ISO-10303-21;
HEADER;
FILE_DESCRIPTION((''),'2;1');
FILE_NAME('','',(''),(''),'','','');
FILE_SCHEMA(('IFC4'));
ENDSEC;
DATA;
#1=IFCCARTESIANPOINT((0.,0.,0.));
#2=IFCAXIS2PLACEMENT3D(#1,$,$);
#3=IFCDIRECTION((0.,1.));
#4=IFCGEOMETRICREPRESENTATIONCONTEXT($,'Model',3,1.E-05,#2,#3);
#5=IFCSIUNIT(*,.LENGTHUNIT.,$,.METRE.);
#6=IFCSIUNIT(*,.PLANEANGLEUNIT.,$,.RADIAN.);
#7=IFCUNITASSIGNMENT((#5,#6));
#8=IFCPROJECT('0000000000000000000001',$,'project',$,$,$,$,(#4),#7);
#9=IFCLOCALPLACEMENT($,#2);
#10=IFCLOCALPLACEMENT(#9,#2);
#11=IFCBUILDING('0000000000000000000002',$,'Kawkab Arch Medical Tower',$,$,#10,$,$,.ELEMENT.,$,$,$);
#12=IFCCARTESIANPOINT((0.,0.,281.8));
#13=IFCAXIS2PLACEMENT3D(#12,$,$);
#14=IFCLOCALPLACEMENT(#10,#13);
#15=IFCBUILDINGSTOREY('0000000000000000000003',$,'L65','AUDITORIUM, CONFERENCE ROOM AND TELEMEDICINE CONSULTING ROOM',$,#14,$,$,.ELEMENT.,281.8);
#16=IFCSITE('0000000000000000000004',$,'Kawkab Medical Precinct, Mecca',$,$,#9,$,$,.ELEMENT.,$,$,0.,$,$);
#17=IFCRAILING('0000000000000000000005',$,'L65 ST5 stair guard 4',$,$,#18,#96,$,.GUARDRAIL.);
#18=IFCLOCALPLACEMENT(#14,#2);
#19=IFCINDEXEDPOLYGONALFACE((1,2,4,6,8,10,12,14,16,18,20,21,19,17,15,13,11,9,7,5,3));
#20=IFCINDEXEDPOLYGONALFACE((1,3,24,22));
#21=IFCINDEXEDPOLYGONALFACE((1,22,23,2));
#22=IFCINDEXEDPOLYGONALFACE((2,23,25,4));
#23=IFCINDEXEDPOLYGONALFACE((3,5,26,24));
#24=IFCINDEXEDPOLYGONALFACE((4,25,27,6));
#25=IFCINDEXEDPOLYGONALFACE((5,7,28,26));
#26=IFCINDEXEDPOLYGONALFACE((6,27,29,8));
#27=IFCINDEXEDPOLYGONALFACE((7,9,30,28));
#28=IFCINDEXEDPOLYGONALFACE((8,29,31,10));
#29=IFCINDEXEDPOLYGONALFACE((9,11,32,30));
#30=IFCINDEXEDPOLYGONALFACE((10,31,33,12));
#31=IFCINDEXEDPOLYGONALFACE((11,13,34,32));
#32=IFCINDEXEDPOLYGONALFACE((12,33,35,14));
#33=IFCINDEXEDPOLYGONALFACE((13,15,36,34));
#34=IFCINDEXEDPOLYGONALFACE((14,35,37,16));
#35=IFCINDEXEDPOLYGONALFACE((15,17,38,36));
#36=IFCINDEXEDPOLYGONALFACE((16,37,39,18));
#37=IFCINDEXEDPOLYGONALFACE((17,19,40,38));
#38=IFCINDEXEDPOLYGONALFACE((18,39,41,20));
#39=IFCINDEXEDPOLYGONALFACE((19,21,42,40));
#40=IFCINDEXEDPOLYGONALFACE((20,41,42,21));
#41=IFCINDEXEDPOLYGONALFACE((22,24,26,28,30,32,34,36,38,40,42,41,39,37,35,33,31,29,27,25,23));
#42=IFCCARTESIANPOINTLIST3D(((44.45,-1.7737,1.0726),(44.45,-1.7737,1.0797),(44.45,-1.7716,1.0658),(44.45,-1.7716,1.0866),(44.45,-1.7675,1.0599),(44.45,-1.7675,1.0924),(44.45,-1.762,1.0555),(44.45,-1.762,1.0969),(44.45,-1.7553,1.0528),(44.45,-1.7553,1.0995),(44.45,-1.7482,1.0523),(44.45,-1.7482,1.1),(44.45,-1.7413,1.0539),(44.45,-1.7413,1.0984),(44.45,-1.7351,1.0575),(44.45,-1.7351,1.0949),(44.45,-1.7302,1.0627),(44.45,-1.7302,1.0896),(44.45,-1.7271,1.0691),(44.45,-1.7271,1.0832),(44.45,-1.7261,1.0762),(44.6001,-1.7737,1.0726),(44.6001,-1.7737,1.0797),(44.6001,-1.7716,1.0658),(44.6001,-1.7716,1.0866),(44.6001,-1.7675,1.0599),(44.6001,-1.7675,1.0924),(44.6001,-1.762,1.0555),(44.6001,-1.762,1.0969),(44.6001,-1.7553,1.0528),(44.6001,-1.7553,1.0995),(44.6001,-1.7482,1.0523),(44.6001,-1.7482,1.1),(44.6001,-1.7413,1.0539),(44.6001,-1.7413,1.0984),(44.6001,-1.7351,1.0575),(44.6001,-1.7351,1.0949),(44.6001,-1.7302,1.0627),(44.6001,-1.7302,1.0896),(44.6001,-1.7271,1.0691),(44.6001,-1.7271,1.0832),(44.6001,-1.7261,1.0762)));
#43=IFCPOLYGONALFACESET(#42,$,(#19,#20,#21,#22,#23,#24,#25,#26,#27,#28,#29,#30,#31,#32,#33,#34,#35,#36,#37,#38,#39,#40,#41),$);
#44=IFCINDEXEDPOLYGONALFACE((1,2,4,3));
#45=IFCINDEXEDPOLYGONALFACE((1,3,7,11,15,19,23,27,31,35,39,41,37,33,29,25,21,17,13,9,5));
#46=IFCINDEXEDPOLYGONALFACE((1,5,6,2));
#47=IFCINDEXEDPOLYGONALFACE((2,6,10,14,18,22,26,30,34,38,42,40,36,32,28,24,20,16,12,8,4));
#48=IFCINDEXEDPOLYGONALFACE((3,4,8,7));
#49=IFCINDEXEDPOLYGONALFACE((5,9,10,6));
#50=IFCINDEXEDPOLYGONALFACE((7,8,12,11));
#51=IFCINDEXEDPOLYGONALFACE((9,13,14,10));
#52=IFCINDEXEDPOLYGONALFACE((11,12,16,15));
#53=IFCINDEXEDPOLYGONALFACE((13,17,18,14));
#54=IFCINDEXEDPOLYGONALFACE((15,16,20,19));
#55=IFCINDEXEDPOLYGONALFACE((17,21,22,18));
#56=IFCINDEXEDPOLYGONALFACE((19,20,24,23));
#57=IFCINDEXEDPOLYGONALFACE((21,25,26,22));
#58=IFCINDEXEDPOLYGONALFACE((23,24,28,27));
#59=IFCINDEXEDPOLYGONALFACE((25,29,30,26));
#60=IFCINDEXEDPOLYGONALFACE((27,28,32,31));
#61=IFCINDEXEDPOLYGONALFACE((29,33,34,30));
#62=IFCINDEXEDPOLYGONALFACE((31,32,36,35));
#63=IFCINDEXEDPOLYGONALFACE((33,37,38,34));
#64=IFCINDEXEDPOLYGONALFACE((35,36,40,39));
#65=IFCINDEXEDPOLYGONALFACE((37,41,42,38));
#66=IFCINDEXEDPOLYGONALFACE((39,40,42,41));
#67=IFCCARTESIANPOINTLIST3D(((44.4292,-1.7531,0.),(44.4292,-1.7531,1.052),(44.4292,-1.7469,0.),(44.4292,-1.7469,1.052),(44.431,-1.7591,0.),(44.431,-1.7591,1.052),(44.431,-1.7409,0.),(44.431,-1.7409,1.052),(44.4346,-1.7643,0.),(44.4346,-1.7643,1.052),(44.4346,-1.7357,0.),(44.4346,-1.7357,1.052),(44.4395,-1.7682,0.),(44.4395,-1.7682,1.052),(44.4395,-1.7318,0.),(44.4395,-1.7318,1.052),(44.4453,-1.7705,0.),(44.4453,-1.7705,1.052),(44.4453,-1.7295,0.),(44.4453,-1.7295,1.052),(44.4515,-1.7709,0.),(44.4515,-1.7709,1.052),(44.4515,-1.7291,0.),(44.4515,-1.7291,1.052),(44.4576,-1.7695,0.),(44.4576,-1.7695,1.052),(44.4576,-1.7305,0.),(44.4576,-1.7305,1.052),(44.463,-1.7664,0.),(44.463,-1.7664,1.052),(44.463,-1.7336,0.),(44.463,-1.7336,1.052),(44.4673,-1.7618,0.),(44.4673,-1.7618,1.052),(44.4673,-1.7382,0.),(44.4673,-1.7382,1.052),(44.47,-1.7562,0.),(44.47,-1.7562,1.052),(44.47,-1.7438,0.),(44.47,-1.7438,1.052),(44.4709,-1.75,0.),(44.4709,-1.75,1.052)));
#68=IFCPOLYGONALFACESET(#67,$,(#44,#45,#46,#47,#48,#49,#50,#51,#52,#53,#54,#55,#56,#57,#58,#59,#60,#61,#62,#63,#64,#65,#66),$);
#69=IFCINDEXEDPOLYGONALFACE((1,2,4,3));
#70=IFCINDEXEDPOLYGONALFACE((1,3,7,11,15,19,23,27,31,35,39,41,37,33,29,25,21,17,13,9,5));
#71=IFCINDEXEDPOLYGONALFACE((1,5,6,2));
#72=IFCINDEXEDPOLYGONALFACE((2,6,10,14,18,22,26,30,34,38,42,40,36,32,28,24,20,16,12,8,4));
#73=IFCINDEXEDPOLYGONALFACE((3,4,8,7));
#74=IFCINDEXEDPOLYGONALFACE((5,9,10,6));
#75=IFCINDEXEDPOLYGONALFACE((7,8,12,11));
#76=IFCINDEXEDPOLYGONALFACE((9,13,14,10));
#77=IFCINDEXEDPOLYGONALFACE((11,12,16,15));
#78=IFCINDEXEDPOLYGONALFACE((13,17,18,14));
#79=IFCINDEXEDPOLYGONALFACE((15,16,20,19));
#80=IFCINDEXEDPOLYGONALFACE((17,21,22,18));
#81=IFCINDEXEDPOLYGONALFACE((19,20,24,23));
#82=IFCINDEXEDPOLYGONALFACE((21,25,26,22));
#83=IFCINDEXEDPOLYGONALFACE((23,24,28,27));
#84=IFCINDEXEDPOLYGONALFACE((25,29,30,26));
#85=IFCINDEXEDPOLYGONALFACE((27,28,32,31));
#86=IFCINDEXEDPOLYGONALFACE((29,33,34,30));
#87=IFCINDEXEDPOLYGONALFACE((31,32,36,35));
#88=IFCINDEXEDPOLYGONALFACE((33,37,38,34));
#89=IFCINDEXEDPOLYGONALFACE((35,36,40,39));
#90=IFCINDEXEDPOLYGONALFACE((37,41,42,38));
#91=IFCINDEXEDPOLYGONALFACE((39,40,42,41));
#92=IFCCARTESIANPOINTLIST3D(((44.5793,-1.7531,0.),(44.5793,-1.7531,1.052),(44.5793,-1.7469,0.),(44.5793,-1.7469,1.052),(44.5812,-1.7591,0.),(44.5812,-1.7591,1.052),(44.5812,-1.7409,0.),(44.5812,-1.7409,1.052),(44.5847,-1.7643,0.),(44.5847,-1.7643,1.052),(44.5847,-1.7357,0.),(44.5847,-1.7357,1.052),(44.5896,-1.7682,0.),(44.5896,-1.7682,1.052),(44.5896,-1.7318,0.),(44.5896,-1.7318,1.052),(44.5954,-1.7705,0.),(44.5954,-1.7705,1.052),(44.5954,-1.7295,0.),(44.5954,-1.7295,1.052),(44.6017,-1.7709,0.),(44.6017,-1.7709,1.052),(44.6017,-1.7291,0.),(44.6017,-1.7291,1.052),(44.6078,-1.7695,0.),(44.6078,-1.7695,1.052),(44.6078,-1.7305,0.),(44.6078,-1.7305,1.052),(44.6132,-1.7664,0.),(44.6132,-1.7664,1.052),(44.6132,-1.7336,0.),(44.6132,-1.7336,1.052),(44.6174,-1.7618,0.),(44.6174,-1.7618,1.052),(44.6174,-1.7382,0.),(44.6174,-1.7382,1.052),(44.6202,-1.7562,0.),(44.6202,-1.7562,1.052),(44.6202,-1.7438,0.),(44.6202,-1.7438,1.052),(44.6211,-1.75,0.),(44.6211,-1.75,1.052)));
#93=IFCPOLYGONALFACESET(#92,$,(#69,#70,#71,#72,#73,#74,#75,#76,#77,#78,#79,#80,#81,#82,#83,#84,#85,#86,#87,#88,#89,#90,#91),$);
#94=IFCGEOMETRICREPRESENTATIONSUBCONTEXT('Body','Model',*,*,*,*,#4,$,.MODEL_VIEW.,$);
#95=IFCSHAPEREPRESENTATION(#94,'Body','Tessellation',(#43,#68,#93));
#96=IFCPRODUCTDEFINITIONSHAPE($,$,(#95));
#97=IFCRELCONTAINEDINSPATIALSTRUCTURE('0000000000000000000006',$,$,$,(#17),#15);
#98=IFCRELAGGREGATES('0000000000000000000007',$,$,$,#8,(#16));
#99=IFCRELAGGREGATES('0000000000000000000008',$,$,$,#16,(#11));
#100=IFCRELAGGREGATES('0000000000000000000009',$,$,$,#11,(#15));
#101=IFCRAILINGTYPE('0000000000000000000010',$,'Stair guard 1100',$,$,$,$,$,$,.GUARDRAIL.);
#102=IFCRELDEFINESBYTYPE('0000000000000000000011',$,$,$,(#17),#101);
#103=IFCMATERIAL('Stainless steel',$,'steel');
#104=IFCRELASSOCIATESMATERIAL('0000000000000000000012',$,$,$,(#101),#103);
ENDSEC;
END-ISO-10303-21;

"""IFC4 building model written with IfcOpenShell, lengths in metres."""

from ifc_helpers import new_model, si_unit, direction, frame, origin, origin_2d, place, context, subcontext, project, spatial, circle, extrude, material, type_object, element, save


model = new_model("IFC4")

# Units and contexts
model_context = context("Model", 3, precision=1e-05, world=origin(), true_north=direction((0.0, 1.0)))
body_context = subcontext(model_context, "Body", "Model", "MODEL_VIEW")
ifc_project = project(units=[si_unit("LENGTHUNIT", "METRE"), si_unit("PLANEANGLEUNIT", "RADIAN")], contexts=[model_context])

# Site, building, storey
site_placement = place(None, origin())
site = spatial("IfcSite", under=ifc_project, at=site_placement, Name="Kawkab Medical Precinct, Mecca", CompositionType="ELEMENT", RefElevation=0.0)
building_placement = place(site_placement, origin())
building = spatial("IfcBuilding", under=site, at=building_placement, Name="Kawkab Arch Medical Tower", CompositionType="ELEMENT")
storey_placement = place(building_placement, frame((0.0, 0.0, 281.8)))
storey = spatial("IfcBuildingStorey", under=building, at=storey_placement, Name="L65", Description="AUDITORIUM, CONFERENCE ROOM AND TELEMEDICINE CONSULTING ROOM", CompositionType="ELEMENT", Elevation=281.8)

# Railing
ifc_material_1 = material(Name="Stainless steel", Category="steel")
railing_type_1 = type_object("IfcRailingType", Name="Stair guard 1100", PredefinedType="GUARDRAIL", material=ifc_material_1)
railing_1_placement = place(storey_placement, frame((44.45, -1.75, 0.0)))
element("IfcRailing", 1, at=railing_1_placement, inside=storey, type_object=railing_type_1, Name="L65 ST5 stair guard 4", PredefinedType="GUARDRAIL", context=body_context, shape_type="SweptSolid", body=[
    extrude(circle(Radius=0.0239, at=origin_2d()), frame((0.0, 0.0, 1.0762), z_axis=(1.0, 0.0, 0.0), x_axis=(0.0, 1.0, 0.0)), (0.0, 0.0, 1.0), 0.1501),
    extrude(circle(Radius=0.021, at=origin_2d()), origin(), (0.0, 0.0, 1.0), 1.052),
    extrude(circle(Radius=0.021, at=origin_2d()), frame((0.1501, 0.0, 0.0)), (0.0, 0.0, 1.0), 1.052),
])

save(model, "model.ifc")
